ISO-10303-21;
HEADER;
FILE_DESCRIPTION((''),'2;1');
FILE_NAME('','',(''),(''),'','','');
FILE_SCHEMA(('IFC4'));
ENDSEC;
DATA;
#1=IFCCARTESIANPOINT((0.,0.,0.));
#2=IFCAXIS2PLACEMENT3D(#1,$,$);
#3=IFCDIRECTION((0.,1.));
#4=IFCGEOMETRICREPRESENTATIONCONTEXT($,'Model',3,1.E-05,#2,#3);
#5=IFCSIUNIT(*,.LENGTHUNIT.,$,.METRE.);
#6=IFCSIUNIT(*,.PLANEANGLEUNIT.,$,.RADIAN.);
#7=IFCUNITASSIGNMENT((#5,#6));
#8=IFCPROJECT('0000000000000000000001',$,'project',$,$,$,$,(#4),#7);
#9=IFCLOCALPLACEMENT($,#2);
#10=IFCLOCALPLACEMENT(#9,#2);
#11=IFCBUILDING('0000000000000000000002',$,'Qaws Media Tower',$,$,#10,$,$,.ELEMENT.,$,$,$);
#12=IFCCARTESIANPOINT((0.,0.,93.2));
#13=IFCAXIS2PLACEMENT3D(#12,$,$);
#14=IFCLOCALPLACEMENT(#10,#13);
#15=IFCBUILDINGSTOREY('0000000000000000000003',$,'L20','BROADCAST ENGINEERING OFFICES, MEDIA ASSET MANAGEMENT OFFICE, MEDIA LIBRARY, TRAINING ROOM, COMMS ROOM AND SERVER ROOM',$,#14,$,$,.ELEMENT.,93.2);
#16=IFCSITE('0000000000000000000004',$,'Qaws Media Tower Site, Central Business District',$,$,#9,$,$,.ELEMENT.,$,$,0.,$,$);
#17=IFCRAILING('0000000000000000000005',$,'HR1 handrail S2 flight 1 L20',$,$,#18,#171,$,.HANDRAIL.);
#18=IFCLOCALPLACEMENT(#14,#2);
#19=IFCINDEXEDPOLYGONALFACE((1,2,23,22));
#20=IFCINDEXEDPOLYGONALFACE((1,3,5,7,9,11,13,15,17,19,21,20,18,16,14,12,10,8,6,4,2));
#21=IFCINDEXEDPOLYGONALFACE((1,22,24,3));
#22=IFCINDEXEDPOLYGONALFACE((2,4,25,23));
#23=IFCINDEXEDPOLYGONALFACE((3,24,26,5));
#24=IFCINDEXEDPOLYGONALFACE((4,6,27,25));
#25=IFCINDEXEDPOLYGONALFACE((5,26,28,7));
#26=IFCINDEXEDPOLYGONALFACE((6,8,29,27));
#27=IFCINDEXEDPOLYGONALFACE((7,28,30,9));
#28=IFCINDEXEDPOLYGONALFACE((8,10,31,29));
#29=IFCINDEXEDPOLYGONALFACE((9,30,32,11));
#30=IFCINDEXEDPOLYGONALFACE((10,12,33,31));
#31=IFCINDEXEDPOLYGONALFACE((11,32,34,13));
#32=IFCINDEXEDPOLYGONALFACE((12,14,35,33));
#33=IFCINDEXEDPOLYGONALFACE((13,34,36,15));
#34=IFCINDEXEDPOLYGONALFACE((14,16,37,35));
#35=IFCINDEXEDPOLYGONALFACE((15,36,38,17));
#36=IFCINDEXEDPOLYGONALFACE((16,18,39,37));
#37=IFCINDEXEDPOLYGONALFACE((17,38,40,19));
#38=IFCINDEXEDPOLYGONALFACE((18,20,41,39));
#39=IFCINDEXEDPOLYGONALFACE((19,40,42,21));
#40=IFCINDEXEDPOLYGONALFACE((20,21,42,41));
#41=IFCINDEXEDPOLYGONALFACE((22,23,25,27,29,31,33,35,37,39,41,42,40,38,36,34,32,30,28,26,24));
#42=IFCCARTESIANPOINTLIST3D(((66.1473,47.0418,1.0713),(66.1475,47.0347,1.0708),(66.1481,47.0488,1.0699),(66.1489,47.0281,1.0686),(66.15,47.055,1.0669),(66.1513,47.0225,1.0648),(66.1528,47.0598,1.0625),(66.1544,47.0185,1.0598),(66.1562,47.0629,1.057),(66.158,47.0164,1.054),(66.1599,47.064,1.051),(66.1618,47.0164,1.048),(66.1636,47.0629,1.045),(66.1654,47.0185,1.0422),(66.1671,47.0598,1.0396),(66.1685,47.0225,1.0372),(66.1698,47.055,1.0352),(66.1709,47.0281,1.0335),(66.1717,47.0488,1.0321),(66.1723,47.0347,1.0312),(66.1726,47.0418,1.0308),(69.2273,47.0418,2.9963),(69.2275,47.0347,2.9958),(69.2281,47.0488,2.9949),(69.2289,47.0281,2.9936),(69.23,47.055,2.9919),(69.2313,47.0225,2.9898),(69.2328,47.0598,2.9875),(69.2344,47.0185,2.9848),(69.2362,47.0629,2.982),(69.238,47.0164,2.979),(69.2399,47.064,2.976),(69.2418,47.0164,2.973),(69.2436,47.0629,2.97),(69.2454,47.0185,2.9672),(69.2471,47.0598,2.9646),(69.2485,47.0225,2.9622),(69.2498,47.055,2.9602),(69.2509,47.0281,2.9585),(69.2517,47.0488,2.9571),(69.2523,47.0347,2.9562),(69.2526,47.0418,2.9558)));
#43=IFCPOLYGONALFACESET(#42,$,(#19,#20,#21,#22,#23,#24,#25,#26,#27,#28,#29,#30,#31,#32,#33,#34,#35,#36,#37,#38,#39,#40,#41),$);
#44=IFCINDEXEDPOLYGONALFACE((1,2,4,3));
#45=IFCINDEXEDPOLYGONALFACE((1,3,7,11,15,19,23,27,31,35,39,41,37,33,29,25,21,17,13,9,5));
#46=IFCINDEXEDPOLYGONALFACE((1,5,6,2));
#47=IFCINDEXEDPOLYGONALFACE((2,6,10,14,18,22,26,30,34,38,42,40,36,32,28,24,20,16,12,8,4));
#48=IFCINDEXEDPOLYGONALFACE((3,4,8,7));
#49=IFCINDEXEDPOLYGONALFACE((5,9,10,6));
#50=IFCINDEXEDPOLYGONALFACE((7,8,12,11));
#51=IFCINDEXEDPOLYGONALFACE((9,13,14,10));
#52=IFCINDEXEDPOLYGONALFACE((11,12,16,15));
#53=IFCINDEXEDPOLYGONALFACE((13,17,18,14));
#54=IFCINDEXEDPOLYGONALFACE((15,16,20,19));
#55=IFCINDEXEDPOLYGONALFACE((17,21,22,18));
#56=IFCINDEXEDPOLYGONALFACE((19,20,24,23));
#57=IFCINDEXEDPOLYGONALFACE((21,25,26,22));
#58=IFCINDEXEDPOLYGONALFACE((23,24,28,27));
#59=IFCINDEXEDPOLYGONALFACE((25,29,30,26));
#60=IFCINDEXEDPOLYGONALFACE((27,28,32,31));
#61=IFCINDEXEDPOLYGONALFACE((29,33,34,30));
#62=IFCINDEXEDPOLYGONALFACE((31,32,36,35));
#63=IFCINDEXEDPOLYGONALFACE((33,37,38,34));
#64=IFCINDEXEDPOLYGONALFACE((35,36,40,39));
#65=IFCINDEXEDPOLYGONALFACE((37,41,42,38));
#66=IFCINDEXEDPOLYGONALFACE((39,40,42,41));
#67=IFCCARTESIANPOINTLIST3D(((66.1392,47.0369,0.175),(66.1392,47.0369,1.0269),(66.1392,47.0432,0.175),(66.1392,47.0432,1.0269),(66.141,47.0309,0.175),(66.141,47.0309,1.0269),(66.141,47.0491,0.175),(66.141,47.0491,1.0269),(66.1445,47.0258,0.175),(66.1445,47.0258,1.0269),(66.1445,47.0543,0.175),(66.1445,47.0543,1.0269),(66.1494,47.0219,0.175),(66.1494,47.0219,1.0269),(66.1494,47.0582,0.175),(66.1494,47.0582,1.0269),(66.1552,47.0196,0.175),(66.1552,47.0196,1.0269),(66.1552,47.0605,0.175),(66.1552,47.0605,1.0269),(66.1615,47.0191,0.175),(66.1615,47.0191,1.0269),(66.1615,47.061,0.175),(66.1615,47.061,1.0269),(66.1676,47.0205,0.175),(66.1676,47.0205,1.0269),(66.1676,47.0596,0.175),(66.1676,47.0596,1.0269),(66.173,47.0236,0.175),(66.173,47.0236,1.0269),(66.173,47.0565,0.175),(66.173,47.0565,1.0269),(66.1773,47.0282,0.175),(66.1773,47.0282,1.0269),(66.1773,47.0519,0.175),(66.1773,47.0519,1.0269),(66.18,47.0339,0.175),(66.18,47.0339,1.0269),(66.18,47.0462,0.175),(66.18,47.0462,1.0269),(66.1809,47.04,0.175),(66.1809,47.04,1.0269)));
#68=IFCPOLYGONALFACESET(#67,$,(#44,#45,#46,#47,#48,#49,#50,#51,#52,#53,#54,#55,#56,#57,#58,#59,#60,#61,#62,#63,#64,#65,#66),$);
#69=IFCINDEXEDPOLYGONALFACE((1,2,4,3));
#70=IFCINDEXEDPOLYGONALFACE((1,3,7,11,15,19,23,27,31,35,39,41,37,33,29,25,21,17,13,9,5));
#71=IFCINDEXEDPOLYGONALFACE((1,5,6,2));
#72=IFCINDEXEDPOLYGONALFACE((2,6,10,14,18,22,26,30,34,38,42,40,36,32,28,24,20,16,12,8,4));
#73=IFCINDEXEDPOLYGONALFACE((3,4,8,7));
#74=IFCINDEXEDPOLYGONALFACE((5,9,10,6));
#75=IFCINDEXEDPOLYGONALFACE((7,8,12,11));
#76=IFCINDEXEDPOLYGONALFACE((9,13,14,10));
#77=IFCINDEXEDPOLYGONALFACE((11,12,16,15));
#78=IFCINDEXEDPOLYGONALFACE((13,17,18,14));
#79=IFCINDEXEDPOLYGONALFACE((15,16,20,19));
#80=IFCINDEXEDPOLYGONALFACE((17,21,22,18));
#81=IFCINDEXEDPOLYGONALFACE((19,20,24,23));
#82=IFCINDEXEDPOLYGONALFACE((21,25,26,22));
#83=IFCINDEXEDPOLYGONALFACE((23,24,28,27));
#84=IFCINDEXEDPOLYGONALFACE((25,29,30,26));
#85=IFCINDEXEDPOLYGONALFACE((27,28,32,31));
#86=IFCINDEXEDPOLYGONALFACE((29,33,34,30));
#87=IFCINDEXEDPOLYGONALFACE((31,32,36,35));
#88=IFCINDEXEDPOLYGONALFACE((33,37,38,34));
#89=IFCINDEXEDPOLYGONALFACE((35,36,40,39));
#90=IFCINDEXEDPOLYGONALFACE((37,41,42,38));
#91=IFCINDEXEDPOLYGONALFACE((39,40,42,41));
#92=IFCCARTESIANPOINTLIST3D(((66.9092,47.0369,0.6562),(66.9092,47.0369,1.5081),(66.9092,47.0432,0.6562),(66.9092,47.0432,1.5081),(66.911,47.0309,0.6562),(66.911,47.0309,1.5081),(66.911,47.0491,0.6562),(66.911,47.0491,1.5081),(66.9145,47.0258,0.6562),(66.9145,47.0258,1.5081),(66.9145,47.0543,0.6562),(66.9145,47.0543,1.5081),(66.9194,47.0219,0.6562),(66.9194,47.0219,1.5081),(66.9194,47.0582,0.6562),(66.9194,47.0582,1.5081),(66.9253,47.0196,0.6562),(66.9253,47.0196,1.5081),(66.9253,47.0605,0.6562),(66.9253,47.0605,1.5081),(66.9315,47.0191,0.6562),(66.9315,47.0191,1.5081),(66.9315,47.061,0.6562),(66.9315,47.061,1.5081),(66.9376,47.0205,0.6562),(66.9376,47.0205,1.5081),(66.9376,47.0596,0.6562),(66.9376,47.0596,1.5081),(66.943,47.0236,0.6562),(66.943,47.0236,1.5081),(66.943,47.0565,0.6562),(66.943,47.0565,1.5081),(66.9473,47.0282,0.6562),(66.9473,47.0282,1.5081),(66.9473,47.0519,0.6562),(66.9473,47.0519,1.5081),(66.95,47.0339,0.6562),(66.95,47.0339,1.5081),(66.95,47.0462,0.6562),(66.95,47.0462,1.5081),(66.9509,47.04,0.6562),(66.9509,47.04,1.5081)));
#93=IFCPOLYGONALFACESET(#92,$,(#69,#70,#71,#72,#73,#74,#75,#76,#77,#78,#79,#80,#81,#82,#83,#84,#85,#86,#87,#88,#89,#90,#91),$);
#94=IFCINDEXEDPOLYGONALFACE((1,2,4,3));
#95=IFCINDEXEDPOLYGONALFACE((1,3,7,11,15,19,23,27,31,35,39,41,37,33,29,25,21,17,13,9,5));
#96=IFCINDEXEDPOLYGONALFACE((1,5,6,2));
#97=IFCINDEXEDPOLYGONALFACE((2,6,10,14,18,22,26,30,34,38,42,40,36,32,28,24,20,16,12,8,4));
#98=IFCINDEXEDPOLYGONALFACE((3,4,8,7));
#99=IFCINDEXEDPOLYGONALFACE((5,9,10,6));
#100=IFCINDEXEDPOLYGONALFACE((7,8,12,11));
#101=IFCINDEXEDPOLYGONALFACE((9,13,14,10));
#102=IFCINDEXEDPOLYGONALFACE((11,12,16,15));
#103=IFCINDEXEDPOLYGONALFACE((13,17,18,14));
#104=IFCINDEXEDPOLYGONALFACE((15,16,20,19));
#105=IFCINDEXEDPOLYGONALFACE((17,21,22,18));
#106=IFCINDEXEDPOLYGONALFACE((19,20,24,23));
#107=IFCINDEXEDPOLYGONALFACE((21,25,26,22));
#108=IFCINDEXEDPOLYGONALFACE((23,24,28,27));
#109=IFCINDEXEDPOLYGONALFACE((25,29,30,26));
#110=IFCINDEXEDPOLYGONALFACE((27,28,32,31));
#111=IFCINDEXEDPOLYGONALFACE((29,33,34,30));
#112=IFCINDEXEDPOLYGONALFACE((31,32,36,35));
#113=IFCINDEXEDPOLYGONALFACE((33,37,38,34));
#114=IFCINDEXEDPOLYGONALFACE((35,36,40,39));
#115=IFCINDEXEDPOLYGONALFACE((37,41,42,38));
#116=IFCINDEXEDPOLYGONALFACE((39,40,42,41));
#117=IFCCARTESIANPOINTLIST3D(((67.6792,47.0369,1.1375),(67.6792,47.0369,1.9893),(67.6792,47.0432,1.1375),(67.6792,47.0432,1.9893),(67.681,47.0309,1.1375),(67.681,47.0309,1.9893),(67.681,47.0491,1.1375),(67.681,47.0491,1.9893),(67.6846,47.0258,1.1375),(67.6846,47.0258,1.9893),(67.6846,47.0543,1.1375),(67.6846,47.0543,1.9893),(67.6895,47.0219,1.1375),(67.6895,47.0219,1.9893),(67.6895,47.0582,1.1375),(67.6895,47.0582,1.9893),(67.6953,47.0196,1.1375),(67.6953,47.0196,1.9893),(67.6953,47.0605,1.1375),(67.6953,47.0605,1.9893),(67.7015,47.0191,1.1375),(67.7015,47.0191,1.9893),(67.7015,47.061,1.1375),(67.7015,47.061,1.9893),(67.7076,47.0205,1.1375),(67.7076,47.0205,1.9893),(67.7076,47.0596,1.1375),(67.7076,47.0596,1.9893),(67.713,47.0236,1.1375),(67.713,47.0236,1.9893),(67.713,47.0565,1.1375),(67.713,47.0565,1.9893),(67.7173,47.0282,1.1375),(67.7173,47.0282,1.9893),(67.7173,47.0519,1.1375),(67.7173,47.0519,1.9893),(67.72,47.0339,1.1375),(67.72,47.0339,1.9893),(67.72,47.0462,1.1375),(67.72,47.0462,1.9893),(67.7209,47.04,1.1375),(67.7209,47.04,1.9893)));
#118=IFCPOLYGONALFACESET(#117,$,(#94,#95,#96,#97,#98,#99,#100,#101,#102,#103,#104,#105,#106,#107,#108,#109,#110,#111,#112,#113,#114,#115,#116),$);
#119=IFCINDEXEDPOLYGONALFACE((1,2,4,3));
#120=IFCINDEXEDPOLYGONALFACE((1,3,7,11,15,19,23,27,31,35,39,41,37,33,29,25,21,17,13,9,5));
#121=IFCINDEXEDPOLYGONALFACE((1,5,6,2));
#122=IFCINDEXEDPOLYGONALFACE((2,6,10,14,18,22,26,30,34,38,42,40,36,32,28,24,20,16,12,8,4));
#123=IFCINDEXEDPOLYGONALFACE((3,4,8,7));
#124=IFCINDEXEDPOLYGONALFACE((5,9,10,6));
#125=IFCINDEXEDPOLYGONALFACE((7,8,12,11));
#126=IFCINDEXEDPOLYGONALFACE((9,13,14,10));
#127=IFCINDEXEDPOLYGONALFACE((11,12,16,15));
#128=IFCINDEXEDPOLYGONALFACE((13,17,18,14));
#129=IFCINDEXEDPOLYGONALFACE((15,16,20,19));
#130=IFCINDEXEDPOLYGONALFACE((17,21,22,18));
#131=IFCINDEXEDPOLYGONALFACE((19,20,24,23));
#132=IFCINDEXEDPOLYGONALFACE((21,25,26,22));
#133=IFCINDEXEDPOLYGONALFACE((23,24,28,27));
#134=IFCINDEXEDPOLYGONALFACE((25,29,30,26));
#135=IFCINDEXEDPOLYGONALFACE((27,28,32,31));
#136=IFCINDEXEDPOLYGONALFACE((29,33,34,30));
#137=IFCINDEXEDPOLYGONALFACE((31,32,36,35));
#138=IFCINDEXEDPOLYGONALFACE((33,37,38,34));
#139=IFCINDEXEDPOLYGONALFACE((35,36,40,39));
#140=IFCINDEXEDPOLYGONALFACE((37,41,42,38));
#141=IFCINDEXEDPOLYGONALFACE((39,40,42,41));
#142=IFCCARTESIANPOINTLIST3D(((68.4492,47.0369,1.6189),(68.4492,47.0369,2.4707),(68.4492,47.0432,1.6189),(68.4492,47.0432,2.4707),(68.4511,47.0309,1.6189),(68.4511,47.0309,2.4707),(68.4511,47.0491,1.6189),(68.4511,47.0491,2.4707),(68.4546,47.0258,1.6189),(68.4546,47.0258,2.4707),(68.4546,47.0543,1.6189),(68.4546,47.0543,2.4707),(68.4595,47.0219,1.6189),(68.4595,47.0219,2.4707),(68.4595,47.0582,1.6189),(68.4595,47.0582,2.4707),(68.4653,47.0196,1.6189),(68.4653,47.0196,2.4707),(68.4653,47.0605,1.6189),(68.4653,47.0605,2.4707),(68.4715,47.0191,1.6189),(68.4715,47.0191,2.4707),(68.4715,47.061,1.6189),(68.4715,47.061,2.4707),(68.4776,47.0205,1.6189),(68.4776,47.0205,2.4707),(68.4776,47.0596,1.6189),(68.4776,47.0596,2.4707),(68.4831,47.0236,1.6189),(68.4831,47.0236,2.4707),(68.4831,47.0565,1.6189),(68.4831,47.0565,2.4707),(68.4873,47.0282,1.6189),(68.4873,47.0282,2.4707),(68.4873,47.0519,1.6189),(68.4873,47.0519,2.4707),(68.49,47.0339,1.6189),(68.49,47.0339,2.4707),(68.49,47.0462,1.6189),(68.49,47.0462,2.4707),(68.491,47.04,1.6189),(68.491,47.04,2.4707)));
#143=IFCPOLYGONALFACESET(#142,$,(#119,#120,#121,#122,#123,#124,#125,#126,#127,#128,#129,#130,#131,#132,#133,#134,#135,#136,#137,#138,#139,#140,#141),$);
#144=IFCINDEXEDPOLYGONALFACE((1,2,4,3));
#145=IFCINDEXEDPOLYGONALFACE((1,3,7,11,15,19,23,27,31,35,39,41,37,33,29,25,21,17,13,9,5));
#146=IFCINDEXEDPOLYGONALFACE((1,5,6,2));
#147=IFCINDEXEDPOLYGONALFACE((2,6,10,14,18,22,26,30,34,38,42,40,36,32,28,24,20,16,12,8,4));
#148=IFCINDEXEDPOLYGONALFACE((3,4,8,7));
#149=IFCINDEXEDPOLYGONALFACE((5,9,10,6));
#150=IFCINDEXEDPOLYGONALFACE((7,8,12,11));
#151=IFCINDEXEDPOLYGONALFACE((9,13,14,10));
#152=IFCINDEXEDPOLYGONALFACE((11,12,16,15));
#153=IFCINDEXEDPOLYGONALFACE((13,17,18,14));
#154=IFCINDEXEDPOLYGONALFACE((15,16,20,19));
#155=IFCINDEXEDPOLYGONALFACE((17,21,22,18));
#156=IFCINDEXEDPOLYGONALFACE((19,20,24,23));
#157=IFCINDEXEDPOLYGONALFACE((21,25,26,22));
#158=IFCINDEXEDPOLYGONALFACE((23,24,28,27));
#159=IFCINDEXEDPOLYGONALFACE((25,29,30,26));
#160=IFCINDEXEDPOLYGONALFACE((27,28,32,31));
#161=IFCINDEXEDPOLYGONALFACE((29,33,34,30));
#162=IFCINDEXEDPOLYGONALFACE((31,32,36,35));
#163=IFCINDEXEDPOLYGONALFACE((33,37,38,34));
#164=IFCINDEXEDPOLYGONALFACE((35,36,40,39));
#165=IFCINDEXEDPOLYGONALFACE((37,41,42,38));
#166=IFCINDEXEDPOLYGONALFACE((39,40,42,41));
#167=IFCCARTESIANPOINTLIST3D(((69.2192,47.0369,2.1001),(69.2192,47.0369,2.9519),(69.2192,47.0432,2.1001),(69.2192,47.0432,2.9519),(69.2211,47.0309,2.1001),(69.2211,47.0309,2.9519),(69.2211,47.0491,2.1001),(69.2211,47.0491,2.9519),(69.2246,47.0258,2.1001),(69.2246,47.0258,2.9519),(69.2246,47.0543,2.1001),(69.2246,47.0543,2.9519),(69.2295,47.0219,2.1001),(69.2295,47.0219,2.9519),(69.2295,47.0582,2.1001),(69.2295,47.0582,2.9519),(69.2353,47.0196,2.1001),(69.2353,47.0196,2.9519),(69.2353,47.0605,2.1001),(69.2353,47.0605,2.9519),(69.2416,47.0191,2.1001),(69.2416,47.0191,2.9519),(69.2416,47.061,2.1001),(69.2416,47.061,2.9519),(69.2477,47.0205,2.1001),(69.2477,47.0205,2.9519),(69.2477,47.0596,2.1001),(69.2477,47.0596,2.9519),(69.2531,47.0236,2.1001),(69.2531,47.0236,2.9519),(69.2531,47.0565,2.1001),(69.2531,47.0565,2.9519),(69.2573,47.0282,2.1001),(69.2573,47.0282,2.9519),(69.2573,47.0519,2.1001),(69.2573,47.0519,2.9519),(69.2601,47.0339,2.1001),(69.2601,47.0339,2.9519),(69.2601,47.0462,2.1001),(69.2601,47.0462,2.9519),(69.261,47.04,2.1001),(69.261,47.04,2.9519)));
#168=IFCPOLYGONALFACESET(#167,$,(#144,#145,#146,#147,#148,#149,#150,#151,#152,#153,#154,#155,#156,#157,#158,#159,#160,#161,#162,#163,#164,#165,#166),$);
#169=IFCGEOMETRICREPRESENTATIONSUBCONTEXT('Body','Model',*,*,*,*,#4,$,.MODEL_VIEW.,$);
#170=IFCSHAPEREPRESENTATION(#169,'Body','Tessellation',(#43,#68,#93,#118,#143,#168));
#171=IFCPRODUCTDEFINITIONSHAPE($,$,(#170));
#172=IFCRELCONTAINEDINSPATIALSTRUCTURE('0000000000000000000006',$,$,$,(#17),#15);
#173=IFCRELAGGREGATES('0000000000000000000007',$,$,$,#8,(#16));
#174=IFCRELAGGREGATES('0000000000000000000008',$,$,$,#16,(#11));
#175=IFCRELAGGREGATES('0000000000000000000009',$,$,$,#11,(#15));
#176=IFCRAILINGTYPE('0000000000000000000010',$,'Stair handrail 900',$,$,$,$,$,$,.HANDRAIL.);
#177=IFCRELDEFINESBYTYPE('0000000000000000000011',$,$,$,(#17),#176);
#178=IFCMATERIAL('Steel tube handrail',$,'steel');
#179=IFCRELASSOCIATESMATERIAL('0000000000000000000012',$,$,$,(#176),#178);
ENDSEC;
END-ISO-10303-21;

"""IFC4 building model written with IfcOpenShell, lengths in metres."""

from ifc_helpers import new_model, si_unit, direction, frame, origin, origin_2d, place, context, subcontext, project, spatial, circle, extrude, material, type_object, element, save


model = new_model("IFC4")

# Units and contexts
model_context = context("Model", 3, precision=1e-05, world=origin(), true_north=direction((0.0, 1.0)))
body_context = subcontext(model_context, "Body", "Model", "MODEL_VIEW")
ifc_project = project(units=[si_unit("LENGTHUNIT", "METRE"), si_unit("PLANEANGLEUNIT", "RADIAN")], contexts=[model_context])

# Site, building, storey
site_placement = place(None, origin())
site = spatial("IfcSite", under=ifc_project, at=site_placement, Name="Qaws Media Tower Site, Central Business District", CompositionType="ELEMENT", RefElevation=0.0)
building_placement = place(site_placement, origin())
building = spatial("IfcBuilding", under=site, at=building_placement, Name="Qaws Media Tower", CompositionType="ELEMENT")
storey_placement = place(building_placement, frame((0.0, 0.0, 93.2)))
storey = spatial("IfcBuildingStorey", under=building, at=storey_placement, Name="L20", Description="BROADCAST ENGINEERING OFFICES, MEDIA ASSET MANAGEMENT OFFICE, MEDIA LIBRARY, TRAINING ROOM, COMMS ROOM AND SERVER ROOM", CompositionType="ELEMENT", Elevation=93.2)

# Railing
ifc_material_1 = material(Name="Steel tube handrail", Category="steel")
railing_type = type_object("IfcRailingType", Name="Stair handrail 900", PredefinedType="HANDRAIL", material=ifc_material_1)
for number, where, name in (
    (1, (66.1599, 47.04, 0.175), "HR1 handrail S2 flight 1 L20"),
):
    element("IfcRailing", number, at=place(storey_placement, frame(where)), inside=storey, type_object=railing_type, Name=name, PredefinedType="HANDRAIL", context=body_context, shape_type="SweptSolid", body=[
        extrude(circle(Radius=0.0239, at=origin_2d()), frame((0.0, 0.0, 0.876), z_axis=(0.847998, 0.0, 0.529999), x_axis=(0.0, 1.0, 0.0)), (0.0, 0.0, 1.0), 3.6321),
        extrude(circle(Radius=0.021, at=origin_2d()), origin(), (0.0, 0.0, 1.0), 0.8518),
        extrude(circle(Radius=0.021, at=origin_2d()), frame((0.77, 0.0, 0.4812)), (0.0, 0.0, 1.0), 0.8518),
        extrude(circle(Radius=0.021, at=origin_2d()), frame((1.54, 0.0, 0.9624)), (0.0, 0.0, 1.0), 0.8518),
        extrude(circle(Radius=0.021, at=origin_2d()), frame((2.3101, 0.0, 1.4438)), (0.0, 0.0, 1.0), 0.8518),
        extrude(circle(Radius=0.021, at=origin_2d()), frame((3.0801, 0.0, 1.925)), (0.0, 0.0, 1.0), 0.8518),
    ])

save(model, "model.ifc")
